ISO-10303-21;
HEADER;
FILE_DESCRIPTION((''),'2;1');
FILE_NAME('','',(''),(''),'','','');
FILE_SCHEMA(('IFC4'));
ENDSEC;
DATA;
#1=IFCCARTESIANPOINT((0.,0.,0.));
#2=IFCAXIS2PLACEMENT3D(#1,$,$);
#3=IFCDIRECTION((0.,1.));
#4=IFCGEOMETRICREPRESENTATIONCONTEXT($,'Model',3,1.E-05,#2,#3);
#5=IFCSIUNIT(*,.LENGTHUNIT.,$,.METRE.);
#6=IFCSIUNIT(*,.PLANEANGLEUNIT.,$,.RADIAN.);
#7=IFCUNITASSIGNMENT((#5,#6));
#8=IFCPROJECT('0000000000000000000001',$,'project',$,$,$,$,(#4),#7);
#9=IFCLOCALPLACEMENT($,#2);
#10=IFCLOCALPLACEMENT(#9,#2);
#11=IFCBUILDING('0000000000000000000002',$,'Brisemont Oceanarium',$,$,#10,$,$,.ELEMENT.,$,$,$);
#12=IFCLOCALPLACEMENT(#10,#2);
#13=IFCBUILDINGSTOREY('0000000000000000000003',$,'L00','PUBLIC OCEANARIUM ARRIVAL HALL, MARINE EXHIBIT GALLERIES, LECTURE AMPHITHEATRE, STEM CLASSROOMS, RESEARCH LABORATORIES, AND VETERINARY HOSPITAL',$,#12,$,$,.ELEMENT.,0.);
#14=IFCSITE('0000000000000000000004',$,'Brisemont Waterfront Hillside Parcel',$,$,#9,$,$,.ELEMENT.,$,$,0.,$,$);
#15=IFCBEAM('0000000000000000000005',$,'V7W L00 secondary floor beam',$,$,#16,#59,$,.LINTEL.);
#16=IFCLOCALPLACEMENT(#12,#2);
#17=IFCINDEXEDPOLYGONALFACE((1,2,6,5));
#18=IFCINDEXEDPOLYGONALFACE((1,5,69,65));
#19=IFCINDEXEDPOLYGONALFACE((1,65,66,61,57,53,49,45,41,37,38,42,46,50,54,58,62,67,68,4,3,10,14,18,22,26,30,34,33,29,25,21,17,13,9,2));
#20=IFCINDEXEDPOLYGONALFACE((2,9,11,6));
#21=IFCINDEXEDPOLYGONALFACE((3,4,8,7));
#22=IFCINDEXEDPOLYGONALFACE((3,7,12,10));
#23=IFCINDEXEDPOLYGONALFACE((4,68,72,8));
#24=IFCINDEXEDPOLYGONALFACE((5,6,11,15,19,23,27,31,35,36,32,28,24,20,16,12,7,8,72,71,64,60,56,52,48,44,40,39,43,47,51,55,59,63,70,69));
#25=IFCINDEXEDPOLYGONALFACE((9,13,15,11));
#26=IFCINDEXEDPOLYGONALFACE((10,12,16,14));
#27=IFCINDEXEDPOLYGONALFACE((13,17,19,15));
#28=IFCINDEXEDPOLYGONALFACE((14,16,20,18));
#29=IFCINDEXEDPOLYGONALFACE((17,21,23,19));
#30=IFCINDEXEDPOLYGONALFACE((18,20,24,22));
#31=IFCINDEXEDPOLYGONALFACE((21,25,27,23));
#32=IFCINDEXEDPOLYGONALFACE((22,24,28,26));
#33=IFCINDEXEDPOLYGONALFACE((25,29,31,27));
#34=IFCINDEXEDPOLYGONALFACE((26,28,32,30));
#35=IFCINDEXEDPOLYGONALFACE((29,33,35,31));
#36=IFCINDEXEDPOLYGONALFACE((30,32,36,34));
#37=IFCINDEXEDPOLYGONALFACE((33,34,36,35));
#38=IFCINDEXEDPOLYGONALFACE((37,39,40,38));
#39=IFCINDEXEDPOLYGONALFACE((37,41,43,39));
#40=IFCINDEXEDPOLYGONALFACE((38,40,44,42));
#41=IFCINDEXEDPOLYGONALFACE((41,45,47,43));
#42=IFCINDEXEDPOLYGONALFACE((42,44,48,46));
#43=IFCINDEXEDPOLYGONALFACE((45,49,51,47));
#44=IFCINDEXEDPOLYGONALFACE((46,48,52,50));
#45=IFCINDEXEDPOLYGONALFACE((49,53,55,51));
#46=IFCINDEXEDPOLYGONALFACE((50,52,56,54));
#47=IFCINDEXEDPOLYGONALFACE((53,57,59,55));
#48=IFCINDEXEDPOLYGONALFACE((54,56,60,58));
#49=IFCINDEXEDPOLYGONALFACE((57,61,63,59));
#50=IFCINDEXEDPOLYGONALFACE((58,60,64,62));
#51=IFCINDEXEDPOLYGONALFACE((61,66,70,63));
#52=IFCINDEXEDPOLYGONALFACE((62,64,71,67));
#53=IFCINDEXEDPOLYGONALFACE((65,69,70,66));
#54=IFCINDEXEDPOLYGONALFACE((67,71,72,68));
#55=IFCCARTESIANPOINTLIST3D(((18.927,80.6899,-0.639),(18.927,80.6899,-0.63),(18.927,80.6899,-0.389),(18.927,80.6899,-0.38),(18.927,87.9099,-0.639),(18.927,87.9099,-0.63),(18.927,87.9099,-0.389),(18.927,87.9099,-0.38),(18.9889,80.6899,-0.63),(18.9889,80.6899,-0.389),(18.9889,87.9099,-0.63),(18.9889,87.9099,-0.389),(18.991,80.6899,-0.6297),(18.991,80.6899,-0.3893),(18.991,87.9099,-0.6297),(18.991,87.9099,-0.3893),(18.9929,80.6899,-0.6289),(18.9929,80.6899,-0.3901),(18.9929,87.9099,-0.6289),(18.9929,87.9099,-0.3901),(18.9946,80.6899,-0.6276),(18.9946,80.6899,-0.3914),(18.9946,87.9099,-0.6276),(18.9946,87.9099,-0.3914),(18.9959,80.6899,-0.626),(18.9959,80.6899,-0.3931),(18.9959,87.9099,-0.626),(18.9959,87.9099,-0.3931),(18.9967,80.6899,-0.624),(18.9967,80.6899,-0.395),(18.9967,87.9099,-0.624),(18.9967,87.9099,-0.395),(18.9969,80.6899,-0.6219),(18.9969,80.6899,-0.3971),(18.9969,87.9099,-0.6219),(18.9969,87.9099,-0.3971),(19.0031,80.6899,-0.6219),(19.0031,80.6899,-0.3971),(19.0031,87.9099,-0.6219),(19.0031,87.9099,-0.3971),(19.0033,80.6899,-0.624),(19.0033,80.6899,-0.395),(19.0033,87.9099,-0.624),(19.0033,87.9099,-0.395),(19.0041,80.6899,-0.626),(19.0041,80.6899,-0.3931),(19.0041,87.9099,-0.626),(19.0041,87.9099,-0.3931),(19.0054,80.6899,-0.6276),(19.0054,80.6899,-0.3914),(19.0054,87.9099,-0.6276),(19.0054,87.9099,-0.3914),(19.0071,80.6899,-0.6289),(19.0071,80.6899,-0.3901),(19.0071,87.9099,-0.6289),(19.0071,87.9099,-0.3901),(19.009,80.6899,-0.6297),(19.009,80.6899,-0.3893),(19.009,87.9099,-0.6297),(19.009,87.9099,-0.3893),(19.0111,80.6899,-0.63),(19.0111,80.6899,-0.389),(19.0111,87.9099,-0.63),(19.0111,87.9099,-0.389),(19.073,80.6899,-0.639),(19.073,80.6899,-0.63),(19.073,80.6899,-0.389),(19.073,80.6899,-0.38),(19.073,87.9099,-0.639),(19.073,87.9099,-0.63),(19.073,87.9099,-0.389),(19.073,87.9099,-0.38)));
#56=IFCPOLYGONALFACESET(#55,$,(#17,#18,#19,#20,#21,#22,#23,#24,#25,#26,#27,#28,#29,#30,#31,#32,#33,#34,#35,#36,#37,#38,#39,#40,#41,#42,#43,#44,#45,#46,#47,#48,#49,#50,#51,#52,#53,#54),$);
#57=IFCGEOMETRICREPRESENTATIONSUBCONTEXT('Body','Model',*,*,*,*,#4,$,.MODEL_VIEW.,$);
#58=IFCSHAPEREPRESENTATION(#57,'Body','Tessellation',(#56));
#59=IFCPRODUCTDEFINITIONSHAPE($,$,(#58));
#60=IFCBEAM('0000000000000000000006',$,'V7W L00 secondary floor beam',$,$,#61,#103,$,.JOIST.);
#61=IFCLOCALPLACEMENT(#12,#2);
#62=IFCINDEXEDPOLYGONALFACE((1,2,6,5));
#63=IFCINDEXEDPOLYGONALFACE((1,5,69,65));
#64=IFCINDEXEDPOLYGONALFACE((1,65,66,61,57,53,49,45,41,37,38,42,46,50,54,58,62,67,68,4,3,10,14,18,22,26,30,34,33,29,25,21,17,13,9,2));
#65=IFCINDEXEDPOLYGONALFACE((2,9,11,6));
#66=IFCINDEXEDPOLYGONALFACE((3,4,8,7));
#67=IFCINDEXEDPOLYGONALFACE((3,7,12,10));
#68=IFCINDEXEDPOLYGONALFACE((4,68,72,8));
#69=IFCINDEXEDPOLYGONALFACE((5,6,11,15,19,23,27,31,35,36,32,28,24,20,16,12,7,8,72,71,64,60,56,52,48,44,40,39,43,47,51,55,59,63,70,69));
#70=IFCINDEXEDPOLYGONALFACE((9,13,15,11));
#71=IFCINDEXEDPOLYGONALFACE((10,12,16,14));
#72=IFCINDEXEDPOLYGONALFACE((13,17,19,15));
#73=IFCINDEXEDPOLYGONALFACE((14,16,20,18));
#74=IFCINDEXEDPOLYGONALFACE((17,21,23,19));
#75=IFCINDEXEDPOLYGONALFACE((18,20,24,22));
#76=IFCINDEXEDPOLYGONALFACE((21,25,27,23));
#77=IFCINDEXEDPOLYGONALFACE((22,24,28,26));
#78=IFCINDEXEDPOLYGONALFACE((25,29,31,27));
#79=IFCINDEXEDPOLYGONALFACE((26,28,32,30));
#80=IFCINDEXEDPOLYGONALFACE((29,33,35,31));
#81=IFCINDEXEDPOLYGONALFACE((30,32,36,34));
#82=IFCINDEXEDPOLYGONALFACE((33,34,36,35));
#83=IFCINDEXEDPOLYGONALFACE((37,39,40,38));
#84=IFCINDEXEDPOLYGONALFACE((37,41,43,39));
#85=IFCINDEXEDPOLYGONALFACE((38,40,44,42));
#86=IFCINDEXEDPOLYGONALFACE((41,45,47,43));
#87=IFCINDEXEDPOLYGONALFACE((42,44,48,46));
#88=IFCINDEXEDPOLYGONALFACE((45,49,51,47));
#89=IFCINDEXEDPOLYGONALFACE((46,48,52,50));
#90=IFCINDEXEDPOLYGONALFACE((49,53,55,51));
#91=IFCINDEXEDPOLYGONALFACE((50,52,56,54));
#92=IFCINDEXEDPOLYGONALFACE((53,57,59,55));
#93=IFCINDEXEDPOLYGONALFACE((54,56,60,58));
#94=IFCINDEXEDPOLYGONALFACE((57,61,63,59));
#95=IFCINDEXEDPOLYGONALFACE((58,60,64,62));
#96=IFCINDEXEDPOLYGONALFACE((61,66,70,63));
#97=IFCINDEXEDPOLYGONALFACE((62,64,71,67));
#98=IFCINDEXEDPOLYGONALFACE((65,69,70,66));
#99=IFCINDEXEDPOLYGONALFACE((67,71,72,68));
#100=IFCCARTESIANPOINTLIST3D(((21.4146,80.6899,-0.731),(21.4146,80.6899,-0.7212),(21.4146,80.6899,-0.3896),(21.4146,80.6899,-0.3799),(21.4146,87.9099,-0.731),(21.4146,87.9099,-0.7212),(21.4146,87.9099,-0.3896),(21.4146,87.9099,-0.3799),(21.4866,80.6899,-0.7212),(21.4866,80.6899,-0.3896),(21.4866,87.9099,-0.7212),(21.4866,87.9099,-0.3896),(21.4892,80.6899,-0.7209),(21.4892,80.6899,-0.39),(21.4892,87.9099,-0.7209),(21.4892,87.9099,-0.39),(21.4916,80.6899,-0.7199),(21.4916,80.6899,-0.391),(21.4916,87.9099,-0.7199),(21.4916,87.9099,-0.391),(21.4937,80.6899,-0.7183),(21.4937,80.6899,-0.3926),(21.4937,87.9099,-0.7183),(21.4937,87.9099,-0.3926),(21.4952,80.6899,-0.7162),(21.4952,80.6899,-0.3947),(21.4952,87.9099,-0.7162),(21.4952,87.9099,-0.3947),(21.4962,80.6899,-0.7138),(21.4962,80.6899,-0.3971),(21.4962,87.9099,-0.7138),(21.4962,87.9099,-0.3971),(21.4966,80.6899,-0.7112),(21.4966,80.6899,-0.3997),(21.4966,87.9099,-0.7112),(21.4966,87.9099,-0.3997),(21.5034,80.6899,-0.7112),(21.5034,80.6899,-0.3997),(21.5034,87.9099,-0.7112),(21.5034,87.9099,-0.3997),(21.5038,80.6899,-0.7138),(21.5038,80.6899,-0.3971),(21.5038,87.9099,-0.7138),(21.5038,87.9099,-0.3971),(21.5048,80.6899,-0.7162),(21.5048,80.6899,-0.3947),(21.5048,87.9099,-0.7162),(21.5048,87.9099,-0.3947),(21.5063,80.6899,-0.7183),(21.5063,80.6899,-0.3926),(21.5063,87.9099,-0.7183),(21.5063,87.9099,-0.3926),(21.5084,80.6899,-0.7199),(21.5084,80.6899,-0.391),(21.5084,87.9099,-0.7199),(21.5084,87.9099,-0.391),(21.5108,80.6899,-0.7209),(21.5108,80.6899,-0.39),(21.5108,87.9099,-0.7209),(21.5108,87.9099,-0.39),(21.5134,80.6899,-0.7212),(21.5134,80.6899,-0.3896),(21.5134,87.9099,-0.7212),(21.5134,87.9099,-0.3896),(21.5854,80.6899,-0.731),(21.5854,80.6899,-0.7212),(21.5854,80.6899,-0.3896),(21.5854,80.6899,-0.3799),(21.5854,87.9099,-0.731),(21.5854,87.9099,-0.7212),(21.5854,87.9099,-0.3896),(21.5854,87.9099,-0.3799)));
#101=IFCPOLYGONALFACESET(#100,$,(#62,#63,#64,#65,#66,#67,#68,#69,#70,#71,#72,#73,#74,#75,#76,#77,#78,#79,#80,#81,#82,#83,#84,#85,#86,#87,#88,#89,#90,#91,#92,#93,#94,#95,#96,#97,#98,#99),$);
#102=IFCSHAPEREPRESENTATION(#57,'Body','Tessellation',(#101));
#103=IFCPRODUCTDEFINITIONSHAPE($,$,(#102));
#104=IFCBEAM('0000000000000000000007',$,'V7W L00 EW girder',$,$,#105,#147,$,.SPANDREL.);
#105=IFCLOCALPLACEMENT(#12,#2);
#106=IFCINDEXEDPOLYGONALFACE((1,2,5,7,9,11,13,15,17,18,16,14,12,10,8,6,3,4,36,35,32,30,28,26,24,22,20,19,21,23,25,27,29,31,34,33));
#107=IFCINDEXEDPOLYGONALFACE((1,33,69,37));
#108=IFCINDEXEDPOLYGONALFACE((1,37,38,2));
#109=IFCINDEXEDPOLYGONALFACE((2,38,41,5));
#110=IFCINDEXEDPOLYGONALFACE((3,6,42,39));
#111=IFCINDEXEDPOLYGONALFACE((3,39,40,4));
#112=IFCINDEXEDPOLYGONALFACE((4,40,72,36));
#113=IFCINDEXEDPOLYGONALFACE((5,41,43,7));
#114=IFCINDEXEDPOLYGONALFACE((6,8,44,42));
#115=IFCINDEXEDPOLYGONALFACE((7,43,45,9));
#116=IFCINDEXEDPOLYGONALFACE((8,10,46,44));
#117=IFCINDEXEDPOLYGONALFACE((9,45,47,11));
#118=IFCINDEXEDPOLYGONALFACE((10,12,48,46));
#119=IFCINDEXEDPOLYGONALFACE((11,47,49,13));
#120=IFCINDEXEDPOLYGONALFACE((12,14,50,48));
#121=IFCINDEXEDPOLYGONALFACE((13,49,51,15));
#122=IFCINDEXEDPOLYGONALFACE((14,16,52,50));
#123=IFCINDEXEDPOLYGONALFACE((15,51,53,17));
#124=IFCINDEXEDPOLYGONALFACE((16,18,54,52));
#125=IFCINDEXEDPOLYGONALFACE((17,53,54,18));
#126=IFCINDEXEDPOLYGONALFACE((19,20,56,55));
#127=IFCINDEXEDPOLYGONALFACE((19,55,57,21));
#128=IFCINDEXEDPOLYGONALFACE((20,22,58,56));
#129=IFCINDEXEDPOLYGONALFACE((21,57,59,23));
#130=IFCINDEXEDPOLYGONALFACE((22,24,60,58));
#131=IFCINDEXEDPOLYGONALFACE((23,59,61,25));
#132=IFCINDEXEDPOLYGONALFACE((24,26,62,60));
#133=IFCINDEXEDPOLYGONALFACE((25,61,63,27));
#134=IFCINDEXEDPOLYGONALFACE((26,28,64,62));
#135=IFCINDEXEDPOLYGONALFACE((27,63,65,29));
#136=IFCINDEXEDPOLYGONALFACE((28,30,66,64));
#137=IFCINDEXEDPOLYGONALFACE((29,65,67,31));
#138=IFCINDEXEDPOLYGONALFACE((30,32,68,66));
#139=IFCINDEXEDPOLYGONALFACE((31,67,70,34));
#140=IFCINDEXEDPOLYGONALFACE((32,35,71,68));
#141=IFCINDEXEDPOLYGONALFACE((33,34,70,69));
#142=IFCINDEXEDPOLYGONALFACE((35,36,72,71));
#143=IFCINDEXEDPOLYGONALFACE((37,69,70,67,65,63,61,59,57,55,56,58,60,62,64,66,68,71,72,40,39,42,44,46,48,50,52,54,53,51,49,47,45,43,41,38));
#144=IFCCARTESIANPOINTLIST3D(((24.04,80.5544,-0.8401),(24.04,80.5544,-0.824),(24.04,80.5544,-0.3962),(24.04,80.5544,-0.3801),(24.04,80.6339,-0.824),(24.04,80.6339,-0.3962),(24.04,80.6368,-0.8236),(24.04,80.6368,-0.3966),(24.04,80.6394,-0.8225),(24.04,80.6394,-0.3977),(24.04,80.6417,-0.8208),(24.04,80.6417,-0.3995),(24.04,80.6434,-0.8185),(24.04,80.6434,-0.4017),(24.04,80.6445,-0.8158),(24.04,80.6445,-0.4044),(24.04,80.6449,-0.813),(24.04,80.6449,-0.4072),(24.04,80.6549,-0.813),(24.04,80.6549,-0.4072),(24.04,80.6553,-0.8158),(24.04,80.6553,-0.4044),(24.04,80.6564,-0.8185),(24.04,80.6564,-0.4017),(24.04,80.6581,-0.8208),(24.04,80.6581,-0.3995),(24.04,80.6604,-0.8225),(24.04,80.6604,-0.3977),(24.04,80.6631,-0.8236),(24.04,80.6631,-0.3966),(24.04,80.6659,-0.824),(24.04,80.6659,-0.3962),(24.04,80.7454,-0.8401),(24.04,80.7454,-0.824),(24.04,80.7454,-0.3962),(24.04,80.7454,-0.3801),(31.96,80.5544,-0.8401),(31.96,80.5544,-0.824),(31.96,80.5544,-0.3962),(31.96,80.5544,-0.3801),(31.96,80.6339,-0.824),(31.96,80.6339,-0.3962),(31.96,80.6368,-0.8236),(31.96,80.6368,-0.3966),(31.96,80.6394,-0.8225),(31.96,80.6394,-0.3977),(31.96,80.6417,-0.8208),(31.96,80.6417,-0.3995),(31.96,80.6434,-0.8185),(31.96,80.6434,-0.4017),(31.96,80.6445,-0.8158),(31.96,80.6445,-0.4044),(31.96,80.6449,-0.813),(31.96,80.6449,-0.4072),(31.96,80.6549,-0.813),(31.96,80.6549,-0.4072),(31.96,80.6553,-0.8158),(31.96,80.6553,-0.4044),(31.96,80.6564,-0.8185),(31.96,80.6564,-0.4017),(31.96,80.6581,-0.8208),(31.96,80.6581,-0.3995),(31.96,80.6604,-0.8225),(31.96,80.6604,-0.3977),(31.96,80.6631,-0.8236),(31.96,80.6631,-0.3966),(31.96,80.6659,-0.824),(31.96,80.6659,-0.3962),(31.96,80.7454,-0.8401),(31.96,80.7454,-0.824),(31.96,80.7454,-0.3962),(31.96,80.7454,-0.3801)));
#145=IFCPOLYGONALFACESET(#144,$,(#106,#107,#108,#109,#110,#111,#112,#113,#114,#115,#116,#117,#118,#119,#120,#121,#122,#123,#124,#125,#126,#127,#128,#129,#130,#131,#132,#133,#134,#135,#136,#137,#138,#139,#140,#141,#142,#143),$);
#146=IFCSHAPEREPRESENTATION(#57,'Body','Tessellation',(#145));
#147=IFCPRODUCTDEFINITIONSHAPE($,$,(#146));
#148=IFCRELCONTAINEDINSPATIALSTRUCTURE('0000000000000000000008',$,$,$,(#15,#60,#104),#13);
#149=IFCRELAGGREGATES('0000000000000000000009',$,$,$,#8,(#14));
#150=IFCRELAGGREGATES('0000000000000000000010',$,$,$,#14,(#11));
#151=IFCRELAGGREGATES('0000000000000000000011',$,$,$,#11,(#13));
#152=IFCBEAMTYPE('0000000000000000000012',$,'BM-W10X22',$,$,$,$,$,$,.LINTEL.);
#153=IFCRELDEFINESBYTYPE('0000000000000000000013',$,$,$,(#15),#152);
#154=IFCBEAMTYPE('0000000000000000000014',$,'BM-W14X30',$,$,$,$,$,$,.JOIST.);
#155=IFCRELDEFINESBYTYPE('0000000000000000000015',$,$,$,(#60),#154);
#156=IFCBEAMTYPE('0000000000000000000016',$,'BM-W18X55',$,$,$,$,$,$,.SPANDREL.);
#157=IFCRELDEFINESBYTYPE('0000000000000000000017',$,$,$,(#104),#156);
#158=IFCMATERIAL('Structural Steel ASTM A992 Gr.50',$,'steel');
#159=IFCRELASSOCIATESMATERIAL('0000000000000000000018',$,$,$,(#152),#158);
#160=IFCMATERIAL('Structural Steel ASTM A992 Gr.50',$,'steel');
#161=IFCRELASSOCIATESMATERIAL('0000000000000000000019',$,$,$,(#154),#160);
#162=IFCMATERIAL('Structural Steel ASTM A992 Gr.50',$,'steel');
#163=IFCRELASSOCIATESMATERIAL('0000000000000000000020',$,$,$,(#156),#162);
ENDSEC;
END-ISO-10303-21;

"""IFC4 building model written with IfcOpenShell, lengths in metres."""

from ifc_helpers import new_model, si_unit, direction, frame, origin, origin_2d, place, context, subcontext, project, spatial, i_section, extrude, material, material_profile, profile_set, type_object, element, save


model = new_model("IFC4")

# Units and contexts
model_context = context("Model", 3, precision=1e-05, world=origin(), true_north=direction((0.0, 1.0)))
body_context = subcontext(model_context, "Body", "Model", "MODEL_VIEW")
ifc_project = project(units=[si_unit("LENGTHUNIT", "METRE"), si_unit("PLANEANGLEUNIT", "RADIAN")], contexts=[model_context])

# Site, building, storey
site_placement = place(None, origin())
site = spatial("IfcSite", under=ifc_project, at=site_placement, Name="Brisemont Waterfront Hillside Parcel", CompositionType="ELEMENT", RefElevation=0.0)
building_placement = place(site_placement, origin())
building = spatial("IfcBuilding", under=site, at=building_placement, Name="Brisemont Oceanarium", CompositionType="ELEMENT")
storey_placement = place(building_placement, origin())
storey = spatial("IfcBuildingStorey", under=building, at=storey_placement, Name="L00", Description="PUBLIC OCEANARIUM ARRIVAL HALL, MARINE EXHIBIT GALLERIES, LECTURE AMPHITHEATRE, STEM CLASSROOMS, RESEARCH LABORATORIES, AND VETERINARY HOSPITAL", CompositionType="ELEMENT", Elevation=0.0)

# Beams
ifc_material_1 = material(Name="Structural Steel ASTM A992 Gr.50", Category="steel")
ifc_material_profile_1 = material_profile(ifc_material_1, i_section(OverallWidth=0.146, OverallDepth=0.259, WebThickness=0.0061, FlangeThickness=0.009, FilletRadius=0.0081, at=origin_2d()), Name="W10X22")
ifc_profile_set_1 = profile_set([ifc_material_profile_1], Name="Structural Steel ASTM A992 Gr.50")
beam_type_1 = type_object("IfcBeamType", Name="BM-W10X22", PredefinedType="LINTEL", material=ifc_profile_set_1)
beam_1_placement = place(storey_placement, frame((19.0, 80.6899, -0.5095), z_axis=(0.0, 1.0, 0.0), x_axis=(-1.0, 0.0, 0.0)))
element("IfcBeam", 1, at=beam_1_placement, inside=storey, type_object=beam_type_1, Name="V7W L00 secondary floor beam", PredefinedType="LINTEL", context=body_context, shape_type="SweptSolid", body=[
    extrude(i_section(OverallWidth=0.146, OverallDepth=0.259, WebThickness=0.0061, FlangeThickness=0.009, FilletRadius=0.0081, at=origin_2d()), origin(), (0.0, 0.0, 1.0), 7.22),
])
ifc_material_2 = material(Name="Structural Steel ASTM A992 Gr.50", Category="steel")
ifc_material_profile_2 = material_profile(ifc_material_2, i_section(OverallWidth=0.1709, OverallDepth=0.3511, WebThickness=0.0068, FlangeThickness=0.0098, FilletRadius=0.01, at=origin_2d()), Name="W14X30")
ifc_profile_set_2 = profile_set([ifc_material_profile_2], Name="Structural Steel ASTM A992 Gr.50")
beam_type_2 = type_object("IfcBeamType", Name="BM-W14X30", PredefinedType="JOIST", material=ifc_profile_set_2)
beam_2_placement = place(storey_placement, frame((21.5, 80.6899, -0.5554), z_axis=(0.0, 1.0, 0.0), x_axis=(-1.0, 0.0, 0.0)))
element("IfcBeam", 2, at=beam_2_placement, inside=storey, type_object=beam_type_2, Name="V7W L00 secondary floor beam", PredefinedType="JOIST", context=body_context, shape_type="SweptSolid", body=[
    extrude(i_section(OverallWidth=0.1709, OverallDepth=0.3511, WebThickness=0.0068, FlangeThickness=0.0098, FilletRadius=0.01, at=origin_2d()), origin(), (0.0, 0.0, 1.0), 7.22),
])
ifc_material_3 = material(Name="Structural Steel ASTM A992 Gr.50", Category="steel")
ifc_material_profile_3 = material_profile(ifc_material_3, i_section(OverallWidth=0.1909, OverallDepth=0.46, WebThickness=0.01, FlangeThickness=0.0161, FilletRadius=0.011, at=origin_2d()), Name="W18X55")
ifc_profile_set_3 = profile_set([ifc_material_profile_3], Name="Structural Steel ASTM A992 Gr.50")
beam_type_3 = type_object("IfcBeamType", Name="BM-W18X55", PredefinedType="SPANDREL", material=ifc_profile_set_3)
beam_3_placement = place(storey_placement, frame((24.04, 80.6499, -0.6101), z_axis=(1.0, 0.0, 0.0), x_axis=(0.0, 1.0, 0.0)))
element("IfcBeam", 3, at=beam_3_placement, inside=storey, type_object=beam_type_3, Name="V7W L00 EW girder", PredefinedType="SPANDREL", context=body_context, shape_type="SweptSolid", body=[
    extrude(i_section(OverallWidth=0.1909, OverallDepth=0.46, WebThickness=0.01, FlangeThickness=0.0161, FilletRadius=0.011, at=origin_2d()), origin(), (0.0, 0.0, 1.0), 7.9199),
])

save(model, "model.ifc")
